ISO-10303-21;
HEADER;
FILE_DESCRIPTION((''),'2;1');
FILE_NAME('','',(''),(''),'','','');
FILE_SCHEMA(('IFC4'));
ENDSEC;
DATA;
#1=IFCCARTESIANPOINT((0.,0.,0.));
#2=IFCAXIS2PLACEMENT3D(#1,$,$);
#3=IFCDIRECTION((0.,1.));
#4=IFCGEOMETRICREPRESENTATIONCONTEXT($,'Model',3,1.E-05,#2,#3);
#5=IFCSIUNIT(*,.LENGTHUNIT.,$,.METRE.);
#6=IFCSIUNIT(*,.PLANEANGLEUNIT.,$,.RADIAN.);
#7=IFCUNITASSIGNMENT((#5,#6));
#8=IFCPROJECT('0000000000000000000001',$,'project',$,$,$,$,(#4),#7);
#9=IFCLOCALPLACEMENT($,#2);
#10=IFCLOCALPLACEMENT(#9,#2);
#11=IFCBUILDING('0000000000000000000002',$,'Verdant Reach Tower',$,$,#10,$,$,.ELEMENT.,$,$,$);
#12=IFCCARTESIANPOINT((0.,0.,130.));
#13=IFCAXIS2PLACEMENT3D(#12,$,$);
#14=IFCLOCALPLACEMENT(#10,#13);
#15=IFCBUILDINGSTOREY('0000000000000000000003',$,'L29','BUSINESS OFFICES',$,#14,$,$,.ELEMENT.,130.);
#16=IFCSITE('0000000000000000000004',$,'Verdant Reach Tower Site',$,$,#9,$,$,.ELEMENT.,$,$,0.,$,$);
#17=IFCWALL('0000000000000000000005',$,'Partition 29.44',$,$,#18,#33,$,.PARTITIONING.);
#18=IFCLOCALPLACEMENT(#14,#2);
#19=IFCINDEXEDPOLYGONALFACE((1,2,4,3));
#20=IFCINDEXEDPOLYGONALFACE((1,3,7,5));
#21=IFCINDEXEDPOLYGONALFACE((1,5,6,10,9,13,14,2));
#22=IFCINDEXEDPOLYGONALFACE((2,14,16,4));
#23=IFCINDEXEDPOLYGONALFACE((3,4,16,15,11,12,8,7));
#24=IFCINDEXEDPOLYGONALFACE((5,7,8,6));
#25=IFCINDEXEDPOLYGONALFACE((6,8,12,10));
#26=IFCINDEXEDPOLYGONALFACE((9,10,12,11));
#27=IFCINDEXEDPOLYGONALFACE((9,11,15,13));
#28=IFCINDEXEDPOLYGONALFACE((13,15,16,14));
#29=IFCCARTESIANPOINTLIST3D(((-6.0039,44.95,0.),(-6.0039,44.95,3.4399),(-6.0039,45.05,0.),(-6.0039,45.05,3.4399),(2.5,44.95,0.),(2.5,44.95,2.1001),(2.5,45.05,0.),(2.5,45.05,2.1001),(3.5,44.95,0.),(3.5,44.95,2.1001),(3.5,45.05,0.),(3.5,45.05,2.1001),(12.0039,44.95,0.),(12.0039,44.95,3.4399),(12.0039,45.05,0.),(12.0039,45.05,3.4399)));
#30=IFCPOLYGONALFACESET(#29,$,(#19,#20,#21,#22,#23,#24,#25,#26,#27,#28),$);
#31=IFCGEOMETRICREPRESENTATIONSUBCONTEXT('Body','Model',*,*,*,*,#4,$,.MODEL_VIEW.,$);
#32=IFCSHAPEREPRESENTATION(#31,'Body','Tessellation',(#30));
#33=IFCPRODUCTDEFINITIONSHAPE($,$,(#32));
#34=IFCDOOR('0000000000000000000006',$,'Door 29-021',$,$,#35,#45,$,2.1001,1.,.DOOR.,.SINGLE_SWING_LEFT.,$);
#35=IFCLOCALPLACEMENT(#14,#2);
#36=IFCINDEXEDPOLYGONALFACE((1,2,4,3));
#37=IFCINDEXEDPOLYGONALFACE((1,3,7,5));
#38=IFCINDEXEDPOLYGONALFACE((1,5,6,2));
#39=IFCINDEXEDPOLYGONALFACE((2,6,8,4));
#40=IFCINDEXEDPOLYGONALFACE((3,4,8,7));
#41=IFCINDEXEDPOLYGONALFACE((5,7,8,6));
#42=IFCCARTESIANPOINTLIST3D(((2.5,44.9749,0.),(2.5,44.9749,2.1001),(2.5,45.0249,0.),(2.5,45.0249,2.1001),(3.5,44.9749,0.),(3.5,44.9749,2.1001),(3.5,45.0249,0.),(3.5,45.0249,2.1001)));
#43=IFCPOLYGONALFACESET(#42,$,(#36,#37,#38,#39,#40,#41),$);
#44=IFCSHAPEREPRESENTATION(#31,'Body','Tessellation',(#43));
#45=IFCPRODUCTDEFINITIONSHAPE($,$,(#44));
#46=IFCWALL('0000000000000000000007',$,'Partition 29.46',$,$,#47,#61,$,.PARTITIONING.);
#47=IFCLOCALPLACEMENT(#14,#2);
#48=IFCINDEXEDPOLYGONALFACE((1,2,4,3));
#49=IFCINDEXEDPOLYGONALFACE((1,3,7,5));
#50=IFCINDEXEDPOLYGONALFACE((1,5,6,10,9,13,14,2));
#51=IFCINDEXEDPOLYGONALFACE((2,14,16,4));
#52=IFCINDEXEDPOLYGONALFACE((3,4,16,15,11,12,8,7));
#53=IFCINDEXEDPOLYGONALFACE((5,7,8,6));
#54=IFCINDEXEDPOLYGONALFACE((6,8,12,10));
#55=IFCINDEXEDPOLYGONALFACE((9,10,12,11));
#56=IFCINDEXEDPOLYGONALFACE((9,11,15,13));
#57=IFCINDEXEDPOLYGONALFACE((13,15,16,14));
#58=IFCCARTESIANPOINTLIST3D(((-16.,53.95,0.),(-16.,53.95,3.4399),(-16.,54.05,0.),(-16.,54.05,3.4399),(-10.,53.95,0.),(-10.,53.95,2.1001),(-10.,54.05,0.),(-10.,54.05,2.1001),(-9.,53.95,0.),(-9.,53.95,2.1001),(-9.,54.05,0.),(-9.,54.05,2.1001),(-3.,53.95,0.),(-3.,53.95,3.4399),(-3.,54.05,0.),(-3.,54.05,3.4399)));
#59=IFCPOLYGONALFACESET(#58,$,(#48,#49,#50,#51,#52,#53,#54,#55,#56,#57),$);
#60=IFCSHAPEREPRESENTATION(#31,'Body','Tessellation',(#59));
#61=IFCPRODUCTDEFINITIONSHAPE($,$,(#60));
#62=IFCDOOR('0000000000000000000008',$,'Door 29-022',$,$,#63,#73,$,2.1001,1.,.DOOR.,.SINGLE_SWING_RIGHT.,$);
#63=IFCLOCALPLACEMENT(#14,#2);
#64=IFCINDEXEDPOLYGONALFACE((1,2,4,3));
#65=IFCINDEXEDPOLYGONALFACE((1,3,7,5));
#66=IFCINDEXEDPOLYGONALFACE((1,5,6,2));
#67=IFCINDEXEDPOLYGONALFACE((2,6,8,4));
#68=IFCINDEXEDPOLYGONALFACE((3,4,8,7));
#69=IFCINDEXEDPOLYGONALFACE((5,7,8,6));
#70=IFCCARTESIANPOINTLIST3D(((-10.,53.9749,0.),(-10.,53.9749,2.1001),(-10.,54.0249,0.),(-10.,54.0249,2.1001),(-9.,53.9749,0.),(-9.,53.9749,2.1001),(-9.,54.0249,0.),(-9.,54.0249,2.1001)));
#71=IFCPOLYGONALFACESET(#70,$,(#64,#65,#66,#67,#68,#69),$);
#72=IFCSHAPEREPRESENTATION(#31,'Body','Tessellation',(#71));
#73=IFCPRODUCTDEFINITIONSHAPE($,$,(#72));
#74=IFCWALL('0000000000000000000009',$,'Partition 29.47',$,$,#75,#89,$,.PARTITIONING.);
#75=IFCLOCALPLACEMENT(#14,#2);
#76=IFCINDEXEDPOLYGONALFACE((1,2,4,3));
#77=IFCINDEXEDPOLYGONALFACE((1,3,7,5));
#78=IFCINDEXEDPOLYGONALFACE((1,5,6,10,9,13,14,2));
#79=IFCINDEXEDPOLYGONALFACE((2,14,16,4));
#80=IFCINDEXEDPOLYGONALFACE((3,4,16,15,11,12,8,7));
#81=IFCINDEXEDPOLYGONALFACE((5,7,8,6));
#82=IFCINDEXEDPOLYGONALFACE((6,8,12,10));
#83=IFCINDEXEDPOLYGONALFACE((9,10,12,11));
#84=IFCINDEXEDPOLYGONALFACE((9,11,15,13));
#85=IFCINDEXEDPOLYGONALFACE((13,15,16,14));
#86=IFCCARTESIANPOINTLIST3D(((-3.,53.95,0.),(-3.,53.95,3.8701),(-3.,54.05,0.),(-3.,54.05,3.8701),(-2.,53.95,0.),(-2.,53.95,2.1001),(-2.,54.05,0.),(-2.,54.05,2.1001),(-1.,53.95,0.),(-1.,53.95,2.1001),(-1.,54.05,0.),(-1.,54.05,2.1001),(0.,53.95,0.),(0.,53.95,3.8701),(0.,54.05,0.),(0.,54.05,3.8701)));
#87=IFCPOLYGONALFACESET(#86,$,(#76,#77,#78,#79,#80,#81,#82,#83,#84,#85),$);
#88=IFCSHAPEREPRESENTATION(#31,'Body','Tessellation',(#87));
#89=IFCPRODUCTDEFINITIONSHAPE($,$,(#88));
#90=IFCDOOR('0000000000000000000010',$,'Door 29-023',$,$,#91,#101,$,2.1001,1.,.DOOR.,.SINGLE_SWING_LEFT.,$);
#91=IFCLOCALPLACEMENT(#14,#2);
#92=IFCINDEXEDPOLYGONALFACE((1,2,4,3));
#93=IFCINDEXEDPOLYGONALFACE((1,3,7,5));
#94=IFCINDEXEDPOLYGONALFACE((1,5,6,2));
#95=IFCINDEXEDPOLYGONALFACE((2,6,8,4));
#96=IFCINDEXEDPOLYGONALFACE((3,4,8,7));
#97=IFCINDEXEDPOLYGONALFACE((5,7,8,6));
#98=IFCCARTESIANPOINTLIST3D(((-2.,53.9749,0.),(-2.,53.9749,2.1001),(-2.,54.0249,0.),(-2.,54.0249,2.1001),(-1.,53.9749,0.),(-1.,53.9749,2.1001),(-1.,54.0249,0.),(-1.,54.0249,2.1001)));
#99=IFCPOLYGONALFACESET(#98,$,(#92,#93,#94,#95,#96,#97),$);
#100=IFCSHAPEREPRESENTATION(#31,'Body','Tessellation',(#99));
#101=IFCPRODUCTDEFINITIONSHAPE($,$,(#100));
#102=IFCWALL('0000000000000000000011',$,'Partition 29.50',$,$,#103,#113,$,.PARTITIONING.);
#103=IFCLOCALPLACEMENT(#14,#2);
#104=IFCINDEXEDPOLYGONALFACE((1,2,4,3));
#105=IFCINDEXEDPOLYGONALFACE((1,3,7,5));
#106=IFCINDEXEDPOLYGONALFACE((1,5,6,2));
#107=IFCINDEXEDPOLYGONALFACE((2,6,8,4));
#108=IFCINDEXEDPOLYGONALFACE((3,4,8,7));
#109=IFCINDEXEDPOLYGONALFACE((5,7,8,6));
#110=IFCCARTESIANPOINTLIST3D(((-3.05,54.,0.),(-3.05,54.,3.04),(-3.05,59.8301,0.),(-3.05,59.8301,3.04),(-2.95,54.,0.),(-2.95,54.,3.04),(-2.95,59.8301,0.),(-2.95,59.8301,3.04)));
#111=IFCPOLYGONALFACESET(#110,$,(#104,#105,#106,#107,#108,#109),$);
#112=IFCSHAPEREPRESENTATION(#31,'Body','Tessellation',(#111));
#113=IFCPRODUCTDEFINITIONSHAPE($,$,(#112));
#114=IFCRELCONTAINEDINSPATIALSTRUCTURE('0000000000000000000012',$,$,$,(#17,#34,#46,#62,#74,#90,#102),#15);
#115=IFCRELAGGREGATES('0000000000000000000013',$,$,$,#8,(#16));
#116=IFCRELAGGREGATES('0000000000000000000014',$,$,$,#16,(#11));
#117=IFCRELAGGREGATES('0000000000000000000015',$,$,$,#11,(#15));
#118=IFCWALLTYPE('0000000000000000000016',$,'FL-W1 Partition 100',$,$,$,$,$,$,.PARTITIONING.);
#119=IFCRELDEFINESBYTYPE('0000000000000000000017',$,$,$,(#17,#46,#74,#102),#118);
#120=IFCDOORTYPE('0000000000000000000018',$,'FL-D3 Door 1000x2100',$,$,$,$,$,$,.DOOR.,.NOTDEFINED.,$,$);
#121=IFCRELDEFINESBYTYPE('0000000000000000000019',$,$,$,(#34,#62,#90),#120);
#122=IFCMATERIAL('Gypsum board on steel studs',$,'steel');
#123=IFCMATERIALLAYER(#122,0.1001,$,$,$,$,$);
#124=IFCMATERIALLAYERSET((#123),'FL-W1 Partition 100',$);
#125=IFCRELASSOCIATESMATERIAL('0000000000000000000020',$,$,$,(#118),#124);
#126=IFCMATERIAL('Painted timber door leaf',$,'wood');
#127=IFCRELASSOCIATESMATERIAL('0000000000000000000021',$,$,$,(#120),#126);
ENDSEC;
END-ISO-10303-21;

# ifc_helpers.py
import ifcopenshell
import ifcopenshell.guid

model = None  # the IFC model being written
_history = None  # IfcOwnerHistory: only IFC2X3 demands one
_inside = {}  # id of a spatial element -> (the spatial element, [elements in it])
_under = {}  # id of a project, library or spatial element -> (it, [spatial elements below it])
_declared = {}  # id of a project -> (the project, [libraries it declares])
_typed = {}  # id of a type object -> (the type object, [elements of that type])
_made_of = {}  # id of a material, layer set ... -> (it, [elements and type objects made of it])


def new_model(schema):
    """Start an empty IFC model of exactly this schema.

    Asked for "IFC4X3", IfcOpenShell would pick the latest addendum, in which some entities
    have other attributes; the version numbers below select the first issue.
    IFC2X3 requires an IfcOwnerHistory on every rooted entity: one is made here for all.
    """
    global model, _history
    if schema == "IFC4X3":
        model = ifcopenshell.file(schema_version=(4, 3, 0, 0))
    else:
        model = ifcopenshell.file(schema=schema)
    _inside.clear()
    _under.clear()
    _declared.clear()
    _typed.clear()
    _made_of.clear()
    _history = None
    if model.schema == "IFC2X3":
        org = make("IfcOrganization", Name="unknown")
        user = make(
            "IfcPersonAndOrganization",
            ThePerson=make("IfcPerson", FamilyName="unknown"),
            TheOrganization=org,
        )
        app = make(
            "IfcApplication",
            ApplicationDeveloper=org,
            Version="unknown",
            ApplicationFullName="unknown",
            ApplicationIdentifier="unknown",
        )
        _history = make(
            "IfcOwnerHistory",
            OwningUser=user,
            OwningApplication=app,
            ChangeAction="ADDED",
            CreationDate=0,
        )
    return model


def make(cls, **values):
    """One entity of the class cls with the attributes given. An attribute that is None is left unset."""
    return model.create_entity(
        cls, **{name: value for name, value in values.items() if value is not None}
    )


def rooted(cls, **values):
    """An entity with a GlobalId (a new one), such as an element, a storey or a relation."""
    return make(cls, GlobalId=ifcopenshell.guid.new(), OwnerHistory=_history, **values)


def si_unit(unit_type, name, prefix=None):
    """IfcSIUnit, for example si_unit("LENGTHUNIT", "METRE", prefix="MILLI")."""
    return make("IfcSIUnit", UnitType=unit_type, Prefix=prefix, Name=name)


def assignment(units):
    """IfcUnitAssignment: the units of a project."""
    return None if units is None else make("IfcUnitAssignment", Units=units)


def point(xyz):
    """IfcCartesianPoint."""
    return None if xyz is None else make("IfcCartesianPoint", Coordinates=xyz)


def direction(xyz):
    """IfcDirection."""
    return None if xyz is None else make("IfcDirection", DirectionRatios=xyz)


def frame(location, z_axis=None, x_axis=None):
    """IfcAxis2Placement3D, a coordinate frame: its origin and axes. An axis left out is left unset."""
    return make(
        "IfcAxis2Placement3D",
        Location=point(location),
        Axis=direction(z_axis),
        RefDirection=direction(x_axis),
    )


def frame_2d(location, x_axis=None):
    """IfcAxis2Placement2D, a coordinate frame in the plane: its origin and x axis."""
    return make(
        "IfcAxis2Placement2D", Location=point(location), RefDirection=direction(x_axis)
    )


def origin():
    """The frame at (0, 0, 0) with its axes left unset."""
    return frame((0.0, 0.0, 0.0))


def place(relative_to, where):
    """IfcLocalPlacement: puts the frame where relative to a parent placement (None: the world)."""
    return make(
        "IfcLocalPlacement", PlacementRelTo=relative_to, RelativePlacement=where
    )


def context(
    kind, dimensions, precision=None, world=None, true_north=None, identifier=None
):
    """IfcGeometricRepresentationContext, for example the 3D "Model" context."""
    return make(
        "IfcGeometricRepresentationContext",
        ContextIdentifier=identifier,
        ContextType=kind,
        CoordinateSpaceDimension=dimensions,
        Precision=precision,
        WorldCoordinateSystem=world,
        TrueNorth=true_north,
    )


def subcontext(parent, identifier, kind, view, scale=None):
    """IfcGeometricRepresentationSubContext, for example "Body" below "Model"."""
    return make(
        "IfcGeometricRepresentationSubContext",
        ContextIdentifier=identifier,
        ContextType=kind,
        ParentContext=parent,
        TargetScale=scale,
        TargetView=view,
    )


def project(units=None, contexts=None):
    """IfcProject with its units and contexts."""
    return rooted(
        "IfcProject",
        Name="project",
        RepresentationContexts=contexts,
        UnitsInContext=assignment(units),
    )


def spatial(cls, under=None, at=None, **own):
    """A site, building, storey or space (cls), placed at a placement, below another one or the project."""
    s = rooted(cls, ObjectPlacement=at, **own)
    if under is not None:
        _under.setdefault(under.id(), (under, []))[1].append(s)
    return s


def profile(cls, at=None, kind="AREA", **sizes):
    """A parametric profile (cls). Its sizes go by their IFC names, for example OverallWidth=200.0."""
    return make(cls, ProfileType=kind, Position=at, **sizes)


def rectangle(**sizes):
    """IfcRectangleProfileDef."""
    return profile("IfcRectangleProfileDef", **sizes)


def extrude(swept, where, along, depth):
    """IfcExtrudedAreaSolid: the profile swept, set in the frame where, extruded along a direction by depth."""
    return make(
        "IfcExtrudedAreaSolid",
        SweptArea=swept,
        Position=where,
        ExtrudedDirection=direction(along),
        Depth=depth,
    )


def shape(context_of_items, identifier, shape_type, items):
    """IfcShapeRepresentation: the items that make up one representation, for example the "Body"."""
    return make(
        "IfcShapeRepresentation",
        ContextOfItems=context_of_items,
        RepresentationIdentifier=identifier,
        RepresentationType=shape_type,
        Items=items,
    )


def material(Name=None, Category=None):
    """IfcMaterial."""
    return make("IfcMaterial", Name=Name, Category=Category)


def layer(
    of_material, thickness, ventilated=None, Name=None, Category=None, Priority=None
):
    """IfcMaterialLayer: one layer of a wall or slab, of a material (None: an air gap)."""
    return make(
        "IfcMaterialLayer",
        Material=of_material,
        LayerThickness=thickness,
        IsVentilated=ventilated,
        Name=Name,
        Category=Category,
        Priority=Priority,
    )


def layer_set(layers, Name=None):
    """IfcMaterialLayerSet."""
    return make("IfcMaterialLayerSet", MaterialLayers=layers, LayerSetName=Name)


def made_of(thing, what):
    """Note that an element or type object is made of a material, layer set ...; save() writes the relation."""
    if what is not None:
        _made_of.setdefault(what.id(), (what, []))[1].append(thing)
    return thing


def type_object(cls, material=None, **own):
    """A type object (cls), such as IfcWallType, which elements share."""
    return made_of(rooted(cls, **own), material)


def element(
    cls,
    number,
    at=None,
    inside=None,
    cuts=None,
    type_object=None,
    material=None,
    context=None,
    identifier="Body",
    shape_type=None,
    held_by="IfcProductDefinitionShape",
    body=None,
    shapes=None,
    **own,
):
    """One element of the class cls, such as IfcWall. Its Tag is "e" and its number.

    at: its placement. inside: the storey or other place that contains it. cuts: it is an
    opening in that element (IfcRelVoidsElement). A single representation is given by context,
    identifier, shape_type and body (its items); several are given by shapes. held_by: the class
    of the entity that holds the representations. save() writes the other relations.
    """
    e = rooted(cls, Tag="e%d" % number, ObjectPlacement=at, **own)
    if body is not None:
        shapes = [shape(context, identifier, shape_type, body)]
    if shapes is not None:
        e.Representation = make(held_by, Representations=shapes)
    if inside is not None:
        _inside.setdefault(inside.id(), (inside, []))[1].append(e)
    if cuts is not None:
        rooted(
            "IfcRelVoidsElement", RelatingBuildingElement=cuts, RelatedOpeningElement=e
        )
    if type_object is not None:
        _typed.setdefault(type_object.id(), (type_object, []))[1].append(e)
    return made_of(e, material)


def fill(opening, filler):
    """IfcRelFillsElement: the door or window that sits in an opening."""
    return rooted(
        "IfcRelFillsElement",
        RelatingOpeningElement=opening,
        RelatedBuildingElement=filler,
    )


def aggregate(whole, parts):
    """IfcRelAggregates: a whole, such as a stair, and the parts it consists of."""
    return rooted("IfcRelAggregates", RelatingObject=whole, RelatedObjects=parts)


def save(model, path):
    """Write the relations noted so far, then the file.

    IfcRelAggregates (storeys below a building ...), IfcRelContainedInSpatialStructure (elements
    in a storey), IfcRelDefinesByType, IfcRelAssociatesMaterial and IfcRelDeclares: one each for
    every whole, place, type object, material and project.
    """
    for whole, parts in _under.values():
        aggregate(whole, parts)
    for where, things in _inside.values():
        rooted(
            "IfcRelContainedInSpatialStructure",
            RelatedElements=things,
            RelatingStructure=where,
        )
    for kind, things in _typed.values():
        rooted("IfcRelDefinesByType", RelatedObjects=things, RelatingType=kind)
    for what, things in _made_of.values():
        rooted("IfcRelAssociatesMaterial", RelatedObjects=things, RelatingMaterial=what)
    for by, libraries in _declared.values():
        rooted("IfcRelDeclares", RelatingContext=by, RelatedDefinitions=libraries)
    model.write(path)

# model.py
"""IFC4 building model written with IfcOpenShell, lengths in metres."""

from ifc_helpers import new_model, si_unit, direction, frame, frame_2d, origin, place, context, subcontext, project, spatial, rectangle, extrude, material, layer, layer_set, type_object, element, fill, save


model = new_model("IFC4")

# Units and contexts
model_context = context("Model", 3, precision=1e-05, world=origin(), true_north=direction((0.0, 1.0)))
body_context = subcontext(model_context, "Body", "Model", "MODEL_VIEW")
ifc_project = project(units=[si_unit("LENGTHUNIT", "METRE"), si_unit("PLANEANGLEUNIT", "RADIAN")], contexts=[model_context])

# Site, building, storey
site_placement = place(None, origin())
site = spatial("IfcSite", under=ifc_project, at=site_placement, Name="Verdant Reach Tower Site", CompositionType="ELEMENT", RefElevation=0.0)
building_placement = place(site_placement, origin())
building = spatial("IfcBuilding", under=site, at=building_placement, Name="Verdant Reach Tower", CompositionType="ELEMENT")
storey_placement = place(building_placement, frame((0.0, 0.0, 130.0)))
storey = spatial("IfcBuildingStorey", under=building, at=storey_placement, Name="L29", Description="BUSINESS OFFICES", CompositionType="ELEMENT", Elevation=130.0)

# Shared definitions
ifc_material_1 = material(Name="Gypsum board on steel studs", Category="steel")
ifc_layer_1 = layer(ifc_material_1, 0.1001)
ifc_layer_set_1 = layer_set([ifc_layer_1], Name="FL-W1 Partition 100")
wall_type = type_object("IfcWallType", Name="FL-W1 Partition 100", PredefinedType="PARTITIONING", material=ifc_layer_set_1)

# Walls, openings, doors
wall_1_placement = place(storey_placement, frame((-6.0039, 45.0, 0.0), z_axis=(0.0, 0.0, 1.0), x_axis=(1.0, 0.0, 0.0)))
wall_1 = element("IfcWall", 1, at=wall_1_placement, inside=storey, type_object=wall_type, Name="Partition 29.44", PredefinedType="PARTITIONING", context=body_context, shape_type="SweptSolid", body=[
    extrude(rectangle(XDim=18.0078, YDim=0.1001, at=frame_2d((9.0039, 0.0))), origin(), (0.0, 0.0, 1.0), 3.4399),
])
opening_1_placement = place(wall_1_placement, frame((8.5039, 0.0, 0.0)))
opening_1 = element("IfcOpeningElement", 2, at=opening_1_placement, cuts=wall_1, PredefinedType="OPENING", context=body_context, shape_type="SweptSolid", body=[
    extrude(rectangle(XDim=1.0, YDim=2.1001, at=frame_2d((0.5, 1.05))), frame((0.0, 0.0601, 0.0), z_axis=(0.0, -1.0, 0.0), x_axis=(1.0, 0.0, 0.0)), (0.0, 0.0, 1.0), 0.1201),
])
ifc_material_2 = material(Name="Painted timber door leaf", Category="wood")
door_type = type_object("IfcDoorType", Name="FL-D3 Door 1000x2100", OperationType="NOTDEFINED", PredefinedType="DOOR", material=ifc_material_2)
door_1_placement = place(opening_1_placement, origin())
door_1 = element("IfcDoor", 3, at=door_1_placement, inside=storey, type_object=door_type, Name="Door 29-021", OperationType="SINGLE_SWING_LEFT", OverallHeight=2.1001, OverallWidth=1.0, PredefinedType="DOOR", context=body_context, shape_type="SweptSolid", body=[
    extrude(rectangle(XDim=1.0, YDim=2.1001, at=frame_2d((0.5, 1.05))), frame((0.0, 0.0249, 0.0), z_axis=(0.0, -1.0, 0.0), x_axis=(1.0, 0.0, 0.0)), (0.0, 0.0, 1.0), 0.05),
])
fill(opening_1, door_1)
wall_2_placement = place(storey_placement, frame((-16.0, 54.0, 0.0), z_axis=(0.0, 0.0, 1.0), x_axis=(1.0, 0.0, 0.0)))
wall_2 = element("IfcWall", 4, at=wall_2_placement, inside=storey, type_object=wall_type, Name="Partition 29.46", PredefinedType="PARTITIONING", context=body_context, shape_type="SweptSolid", body=[
    extrude(rectangle(XDim=13.0, YDim=0.1001, at=frame_2d((6.5, 0.0))), origin(), (0.0, 0.0, 1.0), 3.4399),
])
opening_2_placement = place(wall_2_placement, frame((6.0, 0.0, 0.0)))
opening_2 = element("IfcOpeningElement", 5, at=opening_2_placement, cuts=wall_2, PredefinedType="OPENING", context=body_context, shape_type="SweptSolid", body=[
    extrude(rectangle(XDim=1.0, YDim=2.1001, at=frame_2d((0.5, 1.05))), frame((0.0, 0.0601, 0.0), z_axis=(0.0, -1.0, 0.0), x_axis=(1.0, 0.0, 0.0)), (0.0, 0.0, 1.0), 0.1201),
])
door_2_placement = place(opening_2_placement, origin())
door_2 = element("IfcDoor", 6, at=door_2_placement, inside=storey, type_object=door_type, Name="Door 29-022", OperationType="SINGLE_SWING_RIGHT", OverallHeight=2.1001, OverallWidth=1.0, PredefinedType="DOOR", context=body_context, shape_type="SweptSolid", body=[
    extrude(rectangle(XDim=1.0, YDim=2.1001, at=frame_2d((0.5, 1.05))), frame((0.0, 0.0249, 0.0), z_axis=(0.0, -1.0, 0.0), x_axis=(1.0, 0.0, 0.0)), (0.0, 0.0, 1.0), 0.05),
])
fill(opening_2, door_2)
wall_3_placement = place(storey_placement, frame((-3.0, 54.0, 0.0), z_axis=(0.0, 0.0, 1.0), x_axis=(1.0, 0.0, 0.0)))
wall_3 = element("IfcWall", 7, at=wall_3_placement, inside=storey, type_object=wall_type, Name="Partition 29.47", PredefinedType="PARTITIONING", context=body_context, shape_type="SweptSolid", body=[
    extrude(rectangle(XDim=3.0, YDim=0.1001, at=frame_2d((1.5, 0.0))), origin(), (0.0, 0.0, 1.0), 3.8701),
])
opening_3_placement = place(wall_3_placement, frame((1.0, 0.0, 0.0)))
opening_3 = element("IfcOpeningElement", 8, at=opening_3_placement, cuts=wall_3, PredefinedType="OPENING", context=body_context, shape_type="SweptSolid", body=[
    extrude(rectangle(XDim=1.0, YDim=2.1001, at=frame_2d((0.5, 1.05))), frame((0.0, 0.0601, 0.0), z_axis=(0.0, -1.0, 0.0), x_axis=(1.0, 0.0, 0.0)), (0.0, 0.0, 1.0), 0.1201),
])
door_3_placement = place(opening_3_placement, origin())
door_3 = element("IfcDoor", 9, at=door_3_placement, inside=storey, type_object=door_type, Name="Door 29-023", OperationType="SINGLE_SWING_LEFT", OverallHeight=2.1001, OverallWidth=1.0, PredefinedType="DOOR", context=body_context, shape_type="SweptSolid", body=[
    extrude(rectangle(XDim=1.0, YDim=2.1001, at=frame_2d((0.5, 1.05))), frame((0.0, 0.0249, 0.0), z_axis=(0.0, -1.0, 0.0), x_axis=(1.0, 0.0, 0.0)), (0.0, 0.0, 1.0), 0.05),
])
fill(opening_3, door_3)

# Wall
wall_4_placement = place(storey_placement, frame((-3.0, 54.0, 0.0), z_axis=(0.0, 0.0, 1.0), x_axis=(0.0, 1.0, 0.0)))
element("IfcWall", 10, at=wall_4_placement, inside=storey, type_object=wall_type, Name="Partition 29.50", PredefinedType="PARTITIONING", context=body_context, shape_type="SweptSolid", body=[
    extrude(rectangle(XDim=5.8301, YDim=0.1001, at=frame_2d((2.915, 0.0))), origin(), (0.0, 0.0, 1.0), 3.04),
])

save(model, "model.ifc")
